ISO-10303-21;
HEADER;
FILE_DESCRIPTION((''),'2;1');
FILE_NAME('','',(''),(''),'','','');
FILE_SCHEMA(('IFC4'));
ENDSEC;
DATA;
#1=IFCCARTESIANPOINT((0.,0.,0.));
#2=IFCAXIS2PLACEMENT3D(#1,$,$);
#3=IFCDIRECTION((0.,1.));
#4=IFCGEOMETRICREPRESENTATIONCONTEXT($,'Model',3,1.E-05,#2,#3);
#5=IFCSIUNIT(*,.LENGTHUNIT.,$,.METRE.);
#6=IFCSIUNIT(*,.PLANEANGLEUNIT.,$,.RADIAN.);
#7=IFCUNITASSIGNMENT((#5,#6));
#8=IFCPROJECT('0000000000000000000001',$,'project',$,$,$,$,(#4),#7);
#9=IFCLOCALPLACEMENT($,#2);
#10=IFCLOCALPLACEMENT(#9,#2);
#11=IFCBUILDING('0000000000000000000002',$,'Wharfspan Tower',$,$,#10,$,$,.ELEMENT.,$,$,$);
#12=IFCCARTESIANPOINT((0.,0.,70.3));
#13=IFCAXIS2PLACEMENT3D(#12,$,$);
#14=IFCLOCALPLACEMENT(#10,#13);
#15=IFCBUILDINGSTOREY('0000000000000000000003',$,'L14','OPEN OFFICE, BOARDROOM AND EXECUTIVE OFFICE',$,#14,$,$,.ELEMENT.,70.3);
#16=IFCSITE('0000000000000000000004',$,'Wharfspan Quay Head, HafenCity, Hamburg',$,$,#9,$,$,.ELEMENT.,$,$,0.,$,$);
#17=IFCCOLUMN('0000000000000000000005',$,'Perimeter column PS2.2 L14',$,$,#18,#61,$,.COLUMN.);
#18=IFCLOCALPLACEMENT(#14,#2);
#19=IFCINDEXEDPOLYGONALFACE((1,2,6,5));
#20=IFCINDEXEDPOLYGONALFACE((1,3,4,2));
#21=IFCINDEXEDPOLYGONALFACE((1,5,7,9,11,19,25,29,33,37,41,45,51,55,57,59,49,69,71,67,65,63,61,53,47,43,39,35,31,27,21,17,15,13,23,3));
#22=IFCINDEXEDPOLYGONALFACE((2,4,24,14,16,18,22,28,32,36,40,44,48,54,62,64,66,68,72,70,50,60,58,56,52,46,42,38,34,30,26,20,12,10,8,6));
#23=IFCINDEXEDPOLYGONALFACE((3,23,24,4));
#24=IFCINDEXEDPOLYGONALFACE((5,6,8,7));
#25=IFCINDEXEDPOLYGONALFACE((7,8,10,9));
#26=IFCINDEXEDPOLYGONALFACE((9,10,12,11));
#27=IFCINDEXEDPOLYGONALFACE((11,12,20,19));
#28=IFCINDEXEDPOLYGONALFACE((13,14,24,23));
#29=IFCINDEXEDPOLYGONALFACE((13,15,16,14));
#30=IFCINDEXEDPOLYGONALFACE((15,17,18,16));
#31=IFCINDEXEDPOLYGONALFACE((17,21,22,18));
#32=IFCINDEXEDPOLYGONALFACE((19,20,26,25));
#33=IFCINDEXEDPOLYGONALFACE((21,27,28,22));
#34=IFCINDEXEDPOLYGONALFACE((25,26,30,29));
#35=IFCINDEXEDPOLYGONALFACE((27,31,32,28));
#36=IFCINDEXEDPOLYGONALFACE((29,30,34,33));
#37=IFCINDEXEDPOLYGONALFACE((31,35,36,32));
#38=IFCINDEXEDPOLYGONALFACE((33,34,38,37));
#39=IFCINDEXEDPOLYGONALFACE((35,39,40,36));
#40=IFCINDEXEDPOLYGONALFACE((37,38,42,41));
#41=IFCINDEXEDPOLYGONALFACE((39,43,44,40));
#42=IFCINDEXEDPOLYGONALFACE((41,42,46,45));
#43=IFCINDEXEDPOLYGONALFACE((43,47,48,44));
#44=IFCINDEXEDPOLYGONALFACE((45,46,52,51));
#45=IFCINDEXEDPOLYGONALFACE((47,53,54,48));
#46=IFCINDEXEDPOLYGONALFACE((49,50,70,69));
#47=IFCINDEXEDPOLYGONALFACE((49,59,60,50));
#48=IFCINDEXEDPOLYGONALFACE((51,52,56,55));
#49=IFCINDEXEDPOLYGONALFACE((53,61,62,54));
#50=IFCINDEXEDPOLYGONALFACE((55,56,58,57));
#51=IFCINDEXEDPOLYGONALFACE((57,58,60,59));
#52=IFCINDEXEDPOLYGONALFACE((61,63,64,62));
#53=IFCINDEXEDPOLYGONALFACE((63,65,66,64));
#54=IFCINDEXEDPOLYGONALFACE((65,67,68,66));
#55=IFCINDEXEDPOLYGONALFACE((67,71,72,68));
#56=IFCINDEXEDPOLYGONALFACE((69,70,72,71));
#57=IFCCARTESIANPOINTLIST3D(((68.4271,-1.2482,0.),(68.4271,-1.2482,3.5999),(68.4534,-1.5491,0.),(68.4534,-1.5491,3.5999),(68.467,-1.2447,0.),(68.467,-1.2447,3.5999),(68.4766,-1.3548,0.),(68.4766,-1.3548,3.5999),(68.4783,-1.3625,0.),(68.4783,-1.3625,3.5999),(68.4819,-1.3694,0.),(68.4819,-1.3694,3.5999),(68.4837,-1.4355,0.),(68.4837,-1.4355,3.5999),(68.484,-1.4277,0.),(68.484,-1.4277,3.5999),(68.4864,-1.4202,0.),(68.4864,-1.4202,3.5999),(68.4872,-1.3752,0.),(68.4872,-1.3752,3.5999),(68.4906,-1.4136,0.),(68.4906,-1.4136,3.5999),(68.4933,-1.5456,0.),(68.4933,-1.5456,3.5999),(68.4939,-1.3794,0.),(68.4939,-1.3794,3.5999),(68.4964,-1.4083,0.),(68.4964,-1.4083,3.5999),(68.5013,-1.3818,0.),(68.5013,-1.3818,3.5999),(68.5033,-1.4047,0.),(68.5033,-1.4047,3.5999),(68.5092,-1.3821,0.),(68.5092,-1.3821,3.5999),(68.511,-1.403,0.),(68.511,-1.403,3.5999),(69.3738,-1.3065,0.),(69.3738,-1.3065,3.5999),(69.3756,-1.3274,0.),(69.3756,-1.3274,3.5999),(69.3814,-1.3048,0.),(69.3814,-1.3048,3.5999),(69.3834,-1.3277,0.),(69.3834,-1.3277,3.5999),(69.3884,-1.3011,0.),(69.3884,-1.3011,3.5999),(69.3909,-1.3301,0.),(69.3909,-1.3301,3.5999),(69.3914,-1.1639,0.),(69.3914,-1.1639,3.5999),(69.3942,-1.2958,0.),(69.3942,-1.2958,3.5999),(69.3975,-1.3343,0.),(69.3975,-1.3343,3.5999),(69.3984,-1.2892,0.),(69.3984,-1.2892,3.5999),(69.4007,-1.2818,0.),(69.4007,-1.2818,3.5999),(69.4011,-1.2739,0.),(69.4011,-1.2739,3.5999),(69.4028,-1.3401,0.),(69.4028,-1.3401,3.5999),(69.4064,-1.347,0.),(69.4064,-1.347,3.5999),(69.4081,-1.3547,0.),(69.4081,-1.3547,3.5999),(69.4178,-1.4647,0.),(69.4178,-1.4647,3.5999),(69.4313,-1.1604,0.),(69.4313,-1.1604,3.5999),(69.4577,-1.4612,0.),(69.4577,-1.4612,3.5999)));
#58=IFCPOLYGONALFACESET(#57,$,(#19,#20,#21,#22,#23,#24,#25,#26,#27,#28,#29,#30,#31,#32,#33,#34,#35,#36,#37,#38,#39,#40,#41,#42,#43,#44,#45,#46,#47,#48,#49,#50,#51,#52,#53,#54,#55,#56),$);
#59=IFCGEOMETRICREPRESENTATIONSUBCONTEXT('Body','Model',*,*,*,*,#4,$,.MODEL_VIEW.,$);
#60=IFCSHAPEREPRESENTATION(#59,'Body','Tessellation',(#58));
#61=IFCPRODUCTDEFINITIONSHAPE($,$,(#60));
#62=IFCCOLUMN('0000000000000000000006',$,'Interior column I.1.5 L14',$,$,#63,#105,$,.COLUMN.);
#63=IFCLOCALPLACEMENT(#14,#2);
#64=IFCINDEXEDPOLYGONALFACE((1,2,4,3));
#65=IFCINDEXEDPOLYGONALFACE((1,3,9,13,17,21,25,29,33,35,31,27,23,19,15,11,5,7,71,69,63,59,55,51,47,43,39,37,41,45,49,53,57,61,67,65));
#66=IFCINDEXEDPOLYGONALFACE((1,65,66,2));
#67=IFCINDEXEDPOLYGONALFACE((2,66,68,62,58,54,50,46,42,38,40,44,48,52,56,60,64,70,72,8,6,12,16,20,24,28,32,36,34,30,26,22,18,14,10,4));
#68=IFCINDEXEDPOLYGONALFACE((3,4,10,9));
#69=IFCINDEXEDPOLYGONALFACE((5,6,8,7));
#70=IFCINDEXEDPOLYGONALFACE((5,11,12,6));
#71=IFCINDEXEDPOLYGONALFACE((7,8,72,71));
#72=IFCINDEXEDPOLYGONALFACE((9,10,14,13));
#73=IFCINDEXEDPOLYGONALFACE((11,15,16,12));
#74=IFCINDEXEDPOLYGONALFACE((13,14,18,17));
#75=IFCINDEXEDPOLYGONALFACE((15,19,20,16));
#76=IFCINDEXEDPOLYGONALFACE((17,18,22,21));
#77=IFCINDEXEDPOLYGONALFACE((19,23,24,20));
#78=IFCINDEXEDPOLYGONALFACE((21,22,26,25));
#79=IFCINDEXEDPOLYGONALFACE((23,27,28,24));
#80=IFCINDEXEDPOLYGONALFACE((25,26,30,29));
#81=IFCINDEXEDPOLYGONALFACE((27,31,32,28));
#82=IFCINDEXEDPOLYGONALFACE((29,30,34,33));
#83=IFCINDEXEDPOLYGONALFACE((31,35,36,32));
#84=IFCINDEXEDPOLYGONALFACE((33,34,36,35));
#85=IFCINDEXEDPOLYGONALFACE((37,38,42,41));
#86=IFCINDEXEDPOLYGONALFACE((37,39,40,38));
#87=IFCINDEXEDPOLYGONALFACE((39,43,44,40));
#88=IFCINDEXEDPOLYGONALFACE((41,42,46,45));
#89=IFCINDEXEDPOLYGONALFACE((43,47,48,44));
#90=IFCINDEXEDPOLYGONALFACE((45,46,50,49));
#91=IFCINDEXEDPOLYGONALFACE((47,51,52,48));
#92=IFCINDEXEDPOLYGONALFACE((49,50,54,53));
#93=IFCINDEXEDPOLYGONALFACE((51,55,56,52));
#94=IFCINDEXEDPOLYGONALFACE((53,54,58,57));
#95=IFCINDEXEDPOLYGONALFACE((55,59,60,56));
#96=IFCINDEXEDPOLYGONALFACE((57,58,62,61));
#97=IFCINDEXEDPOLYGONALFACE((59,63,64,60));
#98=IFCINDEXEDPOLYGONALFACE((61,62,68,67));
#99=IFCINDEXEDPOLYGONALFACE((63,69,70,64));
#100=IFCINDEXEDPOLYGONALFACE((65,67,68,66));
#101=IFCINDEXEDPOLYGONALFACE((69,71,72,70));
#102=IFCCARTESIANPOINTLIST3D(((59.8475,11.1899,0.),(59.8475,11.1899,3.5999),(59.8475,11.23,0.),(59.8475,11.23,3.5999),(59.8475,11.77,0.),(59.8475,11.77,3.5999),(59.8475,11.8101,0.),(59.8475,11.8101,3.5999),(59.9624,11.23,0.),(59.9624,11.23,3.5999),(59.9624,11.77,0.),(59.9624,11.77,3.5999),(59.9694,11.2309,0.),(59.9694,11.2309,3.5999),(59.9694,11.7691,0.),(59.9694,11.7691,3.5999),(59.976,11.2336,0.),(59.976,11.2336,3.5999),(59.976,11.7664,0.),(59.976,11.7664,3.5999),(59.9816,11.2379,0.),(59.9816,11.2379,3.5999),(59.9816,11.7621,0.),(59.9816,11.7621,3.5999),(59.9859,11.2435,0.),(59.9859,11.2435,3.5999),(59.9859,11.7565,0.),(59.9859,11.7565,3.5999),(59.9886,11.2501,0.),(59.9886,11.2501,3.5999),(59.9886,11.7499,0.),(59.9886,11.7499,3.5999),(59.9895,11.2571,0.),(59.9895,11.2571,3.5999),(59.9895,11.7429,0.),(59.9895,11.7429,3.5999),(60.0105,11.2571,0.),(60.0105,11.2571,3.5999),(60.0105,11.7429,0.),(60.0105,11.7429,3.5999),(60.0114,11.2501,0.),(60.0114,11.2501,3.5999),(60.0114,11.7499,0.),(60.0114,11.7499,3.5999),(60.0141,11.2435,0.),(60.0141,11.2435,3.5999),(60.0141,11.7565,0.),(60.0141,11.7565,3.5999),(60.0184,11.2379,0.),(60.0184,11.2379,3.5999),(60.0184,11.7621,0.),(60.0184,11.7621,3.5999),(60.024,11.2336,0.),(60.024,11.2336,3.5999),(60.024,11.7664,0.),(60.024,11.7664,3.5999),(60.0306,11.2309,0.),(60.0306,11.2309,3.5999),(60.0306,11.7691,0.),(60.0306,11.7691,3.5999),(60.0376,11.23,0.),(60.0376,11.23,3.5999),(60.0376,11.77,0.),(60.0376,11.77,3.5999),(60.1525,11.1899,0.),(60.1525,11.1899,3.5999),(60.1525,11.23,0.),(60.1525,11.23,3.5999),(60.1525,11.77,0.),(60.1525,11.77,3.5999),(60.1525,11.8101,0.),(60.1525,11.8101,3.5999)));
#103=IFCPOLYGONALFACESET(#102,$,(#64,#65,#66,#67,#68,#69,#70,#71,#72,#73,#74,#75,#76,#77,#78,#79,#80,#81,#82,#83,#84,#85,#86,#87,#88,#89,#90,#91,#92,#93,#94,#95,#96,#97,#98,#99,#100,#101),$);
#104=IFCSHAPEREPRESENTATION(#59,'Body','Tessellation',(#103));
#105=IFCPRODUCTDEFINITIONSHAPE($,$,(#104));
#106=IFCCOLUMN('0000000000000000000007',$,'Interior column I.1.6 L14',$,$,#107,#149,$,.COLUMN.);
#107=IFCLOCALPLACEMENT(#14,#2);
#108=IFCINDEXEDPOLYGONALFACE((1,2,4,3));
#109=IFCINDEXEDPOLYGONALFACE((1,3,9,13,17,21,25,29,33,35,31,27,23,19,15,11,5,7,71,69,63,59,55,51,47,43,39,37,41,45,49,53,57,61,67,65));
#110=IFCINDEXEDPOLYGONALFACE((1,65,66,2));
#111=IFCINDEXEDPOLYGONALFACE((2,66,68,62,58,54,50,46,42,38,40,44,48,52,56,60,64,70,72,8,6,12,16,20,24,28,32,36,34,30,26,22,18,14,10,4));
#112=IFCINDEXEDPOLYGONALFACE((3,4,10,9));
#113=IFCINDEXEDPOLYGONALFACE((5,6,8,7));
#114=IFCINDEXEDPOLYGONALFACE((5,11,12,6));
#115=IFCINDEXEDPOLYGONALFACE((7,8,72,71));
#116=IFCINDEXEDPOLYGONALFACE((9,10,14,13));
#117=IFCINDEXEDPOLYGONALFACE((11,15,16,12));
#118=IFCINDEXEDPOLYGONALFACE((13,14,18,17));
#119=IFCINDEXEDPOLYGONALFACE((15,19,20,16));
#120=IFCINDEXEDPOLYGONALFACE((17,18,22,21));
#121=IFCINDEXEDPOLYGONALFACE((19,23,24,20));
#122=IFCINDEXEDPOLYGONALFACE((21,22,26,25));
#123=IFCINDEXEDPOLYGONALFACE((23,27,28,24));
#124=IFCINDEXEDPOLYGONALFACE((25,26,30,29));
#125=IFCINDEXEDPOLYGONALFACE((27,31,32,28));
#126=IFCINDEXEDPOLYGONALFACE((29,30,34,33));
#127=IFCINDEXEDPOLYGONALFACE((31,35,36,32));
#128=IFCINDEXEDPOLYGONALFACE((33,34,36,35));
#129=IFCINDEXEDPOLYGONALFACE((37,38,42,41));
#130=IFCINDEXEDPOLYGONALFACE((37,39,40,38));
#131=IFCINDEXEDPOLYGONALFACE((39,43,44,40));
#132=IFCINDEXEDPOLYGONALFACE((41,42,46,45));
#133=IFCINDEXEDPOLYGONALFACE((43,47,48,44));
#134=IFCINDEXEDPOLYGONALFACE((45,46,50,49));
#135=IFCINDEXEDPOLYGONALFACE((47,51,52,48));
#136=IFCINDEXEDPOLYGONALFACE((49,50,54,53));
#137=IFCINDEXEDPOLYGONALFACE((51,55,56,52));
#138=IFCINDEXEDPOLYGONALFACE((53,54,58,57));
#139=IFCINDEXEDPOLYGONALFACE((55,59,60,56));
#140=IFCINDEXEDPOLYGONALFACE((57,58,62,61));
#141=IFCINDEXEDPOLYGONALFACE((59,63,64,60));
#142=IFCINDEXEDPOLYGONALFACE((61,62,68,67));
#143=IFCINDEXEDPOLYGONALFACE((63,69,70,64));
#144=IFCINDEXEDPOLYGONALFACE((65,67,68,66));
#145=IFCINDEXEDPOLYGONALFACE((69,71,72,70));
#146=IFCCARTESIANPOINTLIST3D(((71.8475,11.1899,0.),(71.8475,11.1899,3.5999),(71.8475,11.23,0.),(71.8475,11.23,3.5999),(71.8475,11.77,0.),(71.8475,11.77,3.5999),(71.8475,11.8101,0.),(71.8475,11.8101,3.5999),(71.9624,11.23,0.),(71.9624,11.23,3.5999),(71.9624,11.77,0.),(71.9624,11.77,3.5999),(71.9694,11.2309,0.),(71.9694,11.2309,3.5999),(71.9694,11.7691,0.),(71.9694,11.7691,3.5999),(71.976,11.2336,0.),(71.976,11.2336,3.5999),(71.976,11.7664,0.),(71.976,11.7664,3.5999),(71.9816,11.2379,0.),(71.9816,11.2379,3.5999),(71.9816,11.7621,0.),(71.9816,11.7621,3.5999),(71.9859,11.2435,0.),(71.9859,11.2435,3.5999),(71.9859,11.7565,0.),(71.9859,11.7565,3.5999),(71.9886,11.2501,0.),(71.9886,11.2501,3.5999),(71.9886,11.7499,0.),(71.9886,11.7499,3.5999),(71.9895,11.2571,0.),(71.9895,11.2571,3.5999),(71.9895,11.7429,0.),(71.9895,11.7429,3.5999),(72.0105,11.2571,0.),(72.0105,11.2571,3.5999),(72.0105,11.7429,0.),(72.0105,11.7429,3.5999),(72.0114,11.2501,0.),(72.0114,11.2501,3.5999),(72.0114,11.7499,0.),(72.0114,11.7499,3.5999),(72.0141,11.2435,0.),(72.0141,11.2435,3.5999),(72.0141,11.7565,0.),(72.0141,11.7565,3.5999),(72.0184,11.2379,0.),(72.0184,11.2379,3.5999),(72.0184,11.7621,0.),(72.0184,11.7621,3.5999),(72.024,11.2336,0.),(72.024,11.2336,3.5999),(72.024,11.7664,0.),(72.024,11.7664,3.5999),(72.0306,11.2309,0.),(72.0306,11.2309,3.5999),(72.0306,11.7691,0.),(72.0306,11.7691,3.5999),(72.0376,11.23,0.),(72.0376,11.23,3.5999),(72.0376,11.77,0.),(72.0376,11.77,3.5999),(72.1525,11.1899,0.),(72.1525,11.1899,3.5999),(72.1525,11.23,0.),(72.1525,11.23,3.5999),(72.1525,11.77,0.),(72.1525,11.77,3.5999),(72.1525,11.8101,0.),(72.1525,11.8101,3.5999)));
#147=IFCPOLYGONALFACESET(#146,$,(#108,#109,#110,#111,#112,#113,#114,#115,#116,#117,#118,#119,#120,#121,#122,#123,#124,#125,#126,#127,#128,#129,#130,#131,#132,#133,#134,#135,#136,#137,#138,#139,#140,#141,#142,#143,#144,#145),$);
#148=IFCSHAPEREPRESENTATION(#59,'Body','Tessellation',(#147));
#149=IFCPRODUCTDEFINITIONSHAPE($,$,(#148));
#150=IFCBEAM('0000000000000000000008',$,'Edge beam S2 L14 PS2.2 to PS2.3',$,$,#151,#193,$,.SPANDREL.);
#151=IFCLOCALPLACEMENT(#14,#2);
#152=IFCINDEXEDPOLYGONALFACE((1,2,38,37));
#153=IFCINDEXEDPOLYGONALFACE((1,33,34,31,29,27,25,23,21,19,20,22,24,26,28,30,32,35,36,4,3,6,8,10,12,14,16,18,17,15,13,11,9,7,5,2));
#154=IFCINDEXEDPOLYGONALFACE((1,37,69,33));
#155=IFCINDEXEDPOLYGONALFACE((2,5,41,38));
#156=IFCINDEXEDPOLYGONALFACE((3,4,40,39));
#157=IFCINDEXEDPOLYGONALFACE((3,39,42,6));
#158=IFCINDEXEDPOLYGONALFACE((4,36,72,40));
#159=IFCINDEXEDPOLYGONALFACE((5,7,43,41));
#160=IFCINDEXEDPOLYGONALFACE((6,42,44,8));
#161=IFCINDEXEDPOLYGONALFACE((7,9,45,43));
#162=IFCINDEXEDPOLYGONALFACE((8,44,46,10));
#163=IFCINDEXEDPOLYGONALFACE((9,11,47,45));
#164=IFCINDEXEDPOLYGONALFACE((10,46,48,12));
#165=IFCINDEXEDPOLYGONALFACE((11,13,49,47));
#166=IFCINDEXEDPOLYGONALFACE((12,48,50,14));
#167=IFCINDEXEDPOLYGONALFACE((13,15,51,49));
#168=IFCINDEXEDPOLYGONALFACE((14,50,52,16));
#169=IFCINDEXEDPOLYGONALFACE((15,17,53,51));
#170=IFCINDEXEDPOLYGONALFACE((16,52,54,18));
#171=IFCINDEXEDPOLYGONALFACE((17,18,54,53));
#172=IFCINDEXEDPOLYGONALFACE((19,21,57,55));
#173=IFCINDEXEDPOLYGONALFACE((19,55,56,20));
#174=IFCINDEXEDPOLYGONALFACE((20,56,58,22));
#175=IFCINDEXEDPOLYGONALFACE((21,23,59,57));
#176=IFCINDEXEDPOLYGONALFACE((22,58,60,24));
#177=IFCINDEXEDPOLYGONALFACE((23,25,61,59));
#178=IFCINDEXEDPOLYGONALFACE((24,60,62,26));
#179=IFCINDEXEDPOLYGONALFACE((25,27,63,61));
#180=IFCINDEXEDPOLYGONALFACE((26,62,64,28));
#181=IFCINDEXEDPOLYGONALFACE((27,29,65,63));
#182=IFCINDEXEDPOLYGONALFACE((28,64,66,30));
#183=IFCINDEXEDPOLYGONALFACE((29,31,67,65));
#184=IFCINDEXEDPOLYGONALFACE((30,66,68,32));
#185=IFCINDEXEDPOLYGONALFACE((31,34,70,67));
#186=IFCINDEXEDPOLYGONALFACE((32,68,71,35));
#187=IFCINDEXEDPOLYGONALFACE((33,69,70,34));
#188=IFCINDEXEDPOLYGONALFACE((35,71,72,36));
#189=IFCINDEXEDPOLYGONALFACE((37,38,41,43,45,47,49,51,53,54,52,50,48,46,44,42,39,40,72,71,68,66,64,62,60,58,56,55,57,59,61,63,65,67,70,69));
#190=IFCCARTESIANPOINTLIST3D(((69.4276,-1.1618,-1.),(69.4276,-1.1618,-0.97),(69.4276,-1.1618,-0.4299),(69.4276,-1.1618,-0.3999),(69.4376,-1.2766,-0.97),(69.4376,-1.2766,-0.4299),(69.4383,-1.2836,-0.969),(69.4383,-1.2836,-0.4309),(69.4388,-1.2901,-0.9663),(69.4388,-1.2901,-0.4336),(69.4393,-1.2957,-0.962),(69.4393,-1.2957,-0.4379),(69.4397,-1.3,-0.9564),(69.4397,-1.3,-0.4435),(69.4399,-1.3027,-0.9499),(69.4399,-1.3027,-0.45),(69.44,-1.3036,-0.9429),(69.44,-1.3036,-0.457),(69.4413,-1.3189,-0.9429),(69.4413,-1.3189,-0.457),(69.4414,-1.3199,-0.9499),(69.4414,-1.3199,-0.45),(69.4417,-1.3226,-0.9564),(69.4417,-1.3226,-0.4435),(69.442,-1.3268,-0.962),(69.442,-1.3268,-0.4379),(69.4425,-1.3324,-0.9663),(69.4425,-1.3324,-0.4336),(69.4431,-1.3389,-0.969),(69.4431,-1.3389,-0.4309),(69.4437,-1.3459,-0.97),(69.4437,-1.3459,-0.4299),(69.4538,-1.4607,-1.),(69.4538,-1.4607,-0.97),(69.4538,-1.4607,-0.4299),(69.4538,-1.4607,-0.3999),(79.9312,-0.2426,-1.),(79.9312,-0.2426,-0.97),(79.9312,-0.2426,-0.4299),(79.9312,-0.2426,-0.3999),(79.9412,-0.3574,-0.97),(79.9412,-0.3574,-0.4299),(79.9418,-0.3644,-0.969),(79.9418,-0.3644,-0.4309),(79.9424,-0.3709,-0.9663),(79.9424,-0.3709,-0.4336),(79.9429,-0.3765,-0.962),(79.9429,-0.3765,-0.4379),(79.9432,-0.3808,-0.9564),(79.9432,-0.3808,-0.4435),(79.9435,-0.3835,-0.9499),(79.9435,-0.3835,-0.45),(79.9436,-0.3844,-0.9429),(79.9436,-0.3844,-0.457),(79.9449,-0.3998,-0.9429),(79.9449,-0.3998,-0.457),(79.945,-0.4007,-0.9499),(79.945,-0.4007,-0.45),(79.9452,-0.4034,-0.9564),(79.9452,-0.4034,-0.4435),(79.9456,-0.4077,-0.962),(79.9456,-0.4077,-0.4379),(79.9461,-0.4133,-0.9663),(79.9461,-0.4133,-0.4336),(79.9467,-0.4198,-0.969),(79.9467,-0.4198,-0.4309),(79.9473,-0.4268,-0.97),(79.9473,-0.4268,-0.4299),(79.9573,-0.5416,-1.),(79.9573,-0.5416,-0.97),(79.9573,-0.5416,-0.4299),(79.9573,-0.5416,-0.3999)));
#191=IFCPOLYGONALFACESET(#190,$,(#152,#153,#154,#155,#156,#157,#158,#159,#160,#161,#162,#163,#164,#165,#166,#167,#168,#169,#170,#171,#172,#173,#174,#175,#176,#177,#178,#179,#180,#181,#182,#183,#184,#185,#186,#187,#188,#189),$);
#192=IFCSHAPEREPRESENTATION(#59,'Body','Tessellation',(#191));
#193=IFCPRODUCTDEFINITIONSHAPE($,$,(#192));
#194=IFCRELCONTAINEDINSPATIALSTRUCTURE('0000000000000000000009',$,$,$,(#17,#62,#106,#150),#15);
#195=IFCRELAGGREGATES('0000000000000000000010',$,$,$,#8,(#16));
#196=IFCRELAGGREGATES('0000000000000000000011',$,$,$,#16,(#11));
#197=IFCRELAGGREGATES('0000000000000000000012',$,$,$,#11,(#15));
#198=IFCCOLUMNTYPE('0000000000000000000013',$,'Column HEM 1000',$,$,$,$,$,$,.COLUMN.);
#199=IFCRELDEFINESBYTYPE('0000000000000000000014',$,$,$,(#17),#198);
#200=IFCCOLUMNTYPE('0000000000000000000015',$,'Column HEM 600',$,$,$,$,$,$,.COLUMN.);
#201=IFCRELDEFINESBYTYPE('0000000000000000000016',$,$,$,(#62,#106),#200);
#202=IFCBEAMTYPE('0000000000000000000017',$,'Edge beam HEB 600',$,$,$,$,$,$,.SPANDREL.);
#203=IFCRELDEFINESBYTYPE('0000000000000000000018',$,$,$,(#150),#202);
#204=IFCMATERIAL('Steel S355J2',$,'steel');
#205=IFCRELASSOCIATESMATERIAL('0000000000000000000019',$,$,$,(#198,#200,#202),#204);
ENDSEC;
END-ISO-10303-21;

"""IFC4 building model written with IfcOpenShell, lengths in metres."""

from ifc_helpers import new_model, si_unit, direction, frame, origin, origin_2d, place, context, subcontext, project, spatial, i_section, extrude, material, material_profile, profile_set, type_object, element, save


model = new_model("IFC4")

# Units and contexts
model_context = context("Model", 3, precision=1e-05, world=origin(), true_north=direction((0.0, 1.0)))
body_context = subcontext(model_context, "Body", "Model", "MODEL_VIEW")
ifc_project = project(units=[si_unit("LENGTHUNIT", "METRE"), si_unit("PLANEANGLEUNIT", "RADIAN")], contexts=[model_context])

# Site, building, storey
site_placement = place(None, origin())
site = spatial("IfcSite", under=ifc_project, at=site_placement, Name="Wharfspan Quay Head, HafenCity, Hamburg", CompositionType="ELEMENT", RefElevation=0.0)
building_placement = place(site_placement, origin())
building = spatial("IfcBuilding", under=site, at=building_placement, Name="Wharfspan Tower", CompositionType="ELEMENT")
storey_placement = place(building_placement, frame((0.0, 0.0, 70.3)))
storey = spatial("IfcBuildingStorey", under=building, at=storey_placement, Name="L14", Description="OPEN OFFICE, BOARDROOM AND EXECUTIVE OFFICE", CompositionType="ELEMENT", Elevation=70.3)

# Columns
ifc_material_1 = material(Name="Steel S355J2", Category="steel")
ifc_material_profile_1 = material_profile(ifc_material_1, i_section(OverallWidth=0.302, OverallDepth=1.0081, WebThickness=0.021, FlangeThickness=0.04, FilletRadius=0.03, at=origin_2d()))
ifc_profile_set_1 = profile_set([ifc_material_profile_1], Name="Steel S355J2")
column_type_1 = type_object("IfcColumnType", Name="Column HEM 1000", PredefinedType="COLUMN", material=ifc_profile_set_1)
column_placement = place(storey_placement, frame((68.9424, -1.3547, 0.0), z_axis=(0.0, 0.0, 1.0), x_axis=(0.087156, -0.996198, 0.0)))
element("IfcColumn", 1, at=column_placement, inside=storey, type_object=column_type_1, Name="Perimeter column PS2.2 L14", PredefinedType="COLUMN", context=body_context, shape_type="SweptSolid", body=[
    extrude(i_section(OverallWidth=0.302, OverallDepth=1.0081, WebThickness=0.021, FlangeThickness=0.04, FilletRadius=0.03, at=origin_2d()), origin(), (0.0, 0.0, 1.0), 3.5999),
])
ifc_material_profile_2 = material_profile(ifc_material_1, i_section(OverallWidth=0.3049, OverallDepth=0.6201, WebThickness=0.021, FlangeThickness=0.04, FilletRadius=0.0271, at=origin_2d()))
ifc_profile_set_2 = profile_set([ifc_material_profile_2], Name="Steel S355J2")
column_type_2 = type_object("IfcColumnType", Name="Column HEM 600", PredefinedType="COLUMN", material=ifc_profile_set_2)
for number, where, z_axis, x_axis, name in (
    (2, (60.0, 11.5, 0.0), (0.0, 0.0, 1.0), (1.0, 0.0, 0.0), "Interior column I.1.5 L14"),
    (3, (72.0, 11.5, 0.0), (0.0, 0.0, 1.0), (1.0, 0.0, 0.0), "Interior column I.1.6 L14"),
):
    element("IfcColumn", number, at=place(storey_placement, frame(where, z_axis=z_axis, x_axis=x_axis)), inside=storey, type_object=column_type_2, Name=name, PredefinedType="COLUMN", context=body_context, shape_type="SweptSolid", body=[
        extrude(i_section(OverallWidth=0.3049, OverallDepth=0.6201, WebThickness=0.021, FlangeThickness=0.04, FilletRadius=0.0271, at=origin_2d()), origin(), (0.0, 0.0, 1.0), 3.5999),
    ])

# Beam
ifc_material_profile_3 = material_profile(ifc_material_1, i_section(OverallWidth=0.3, OverallDepth=0.6001, WebThickness=0.0154, FlangeThickness=0.03, FilletRadius=0.0271, at=origin_2d()))
ifc_profile_set_3 = profile_set([ifc_material_profile_3], Name="Steel S355J2")
beam_type = type_object("IfcBeamType", Name="Edge beam HEB 600", PredefinedType="SPANDREL", material=ifc_profile_set_3)
beam_placement = place(storey_placement, frame((69.4407, -1.3113, -0.7), z_axis=(0.996193, 0.087178, 0.0), x_axis=(-0.087178, 0.996193, 0.0)))
element("IfcBeam", 4, at=beam_placement, inside=storey, type_object=beam_type, Name="Edge beam S2 L14 PS2.2 to PS2.3", PredefinedType="SPANDREL", context=body_context, shape_type="SweptSolid", body=[
    extrude(i_section(OverallWidth=0.3, OverallDepth=0.6001, WebThickness=0.0154, FlangeThickness=0.03, FilletRadius=0.0271, at=origin_2d()), origin(), (0.0, 0.0, 1.0), 10.5437),
])

save(model, "model.ifc")
